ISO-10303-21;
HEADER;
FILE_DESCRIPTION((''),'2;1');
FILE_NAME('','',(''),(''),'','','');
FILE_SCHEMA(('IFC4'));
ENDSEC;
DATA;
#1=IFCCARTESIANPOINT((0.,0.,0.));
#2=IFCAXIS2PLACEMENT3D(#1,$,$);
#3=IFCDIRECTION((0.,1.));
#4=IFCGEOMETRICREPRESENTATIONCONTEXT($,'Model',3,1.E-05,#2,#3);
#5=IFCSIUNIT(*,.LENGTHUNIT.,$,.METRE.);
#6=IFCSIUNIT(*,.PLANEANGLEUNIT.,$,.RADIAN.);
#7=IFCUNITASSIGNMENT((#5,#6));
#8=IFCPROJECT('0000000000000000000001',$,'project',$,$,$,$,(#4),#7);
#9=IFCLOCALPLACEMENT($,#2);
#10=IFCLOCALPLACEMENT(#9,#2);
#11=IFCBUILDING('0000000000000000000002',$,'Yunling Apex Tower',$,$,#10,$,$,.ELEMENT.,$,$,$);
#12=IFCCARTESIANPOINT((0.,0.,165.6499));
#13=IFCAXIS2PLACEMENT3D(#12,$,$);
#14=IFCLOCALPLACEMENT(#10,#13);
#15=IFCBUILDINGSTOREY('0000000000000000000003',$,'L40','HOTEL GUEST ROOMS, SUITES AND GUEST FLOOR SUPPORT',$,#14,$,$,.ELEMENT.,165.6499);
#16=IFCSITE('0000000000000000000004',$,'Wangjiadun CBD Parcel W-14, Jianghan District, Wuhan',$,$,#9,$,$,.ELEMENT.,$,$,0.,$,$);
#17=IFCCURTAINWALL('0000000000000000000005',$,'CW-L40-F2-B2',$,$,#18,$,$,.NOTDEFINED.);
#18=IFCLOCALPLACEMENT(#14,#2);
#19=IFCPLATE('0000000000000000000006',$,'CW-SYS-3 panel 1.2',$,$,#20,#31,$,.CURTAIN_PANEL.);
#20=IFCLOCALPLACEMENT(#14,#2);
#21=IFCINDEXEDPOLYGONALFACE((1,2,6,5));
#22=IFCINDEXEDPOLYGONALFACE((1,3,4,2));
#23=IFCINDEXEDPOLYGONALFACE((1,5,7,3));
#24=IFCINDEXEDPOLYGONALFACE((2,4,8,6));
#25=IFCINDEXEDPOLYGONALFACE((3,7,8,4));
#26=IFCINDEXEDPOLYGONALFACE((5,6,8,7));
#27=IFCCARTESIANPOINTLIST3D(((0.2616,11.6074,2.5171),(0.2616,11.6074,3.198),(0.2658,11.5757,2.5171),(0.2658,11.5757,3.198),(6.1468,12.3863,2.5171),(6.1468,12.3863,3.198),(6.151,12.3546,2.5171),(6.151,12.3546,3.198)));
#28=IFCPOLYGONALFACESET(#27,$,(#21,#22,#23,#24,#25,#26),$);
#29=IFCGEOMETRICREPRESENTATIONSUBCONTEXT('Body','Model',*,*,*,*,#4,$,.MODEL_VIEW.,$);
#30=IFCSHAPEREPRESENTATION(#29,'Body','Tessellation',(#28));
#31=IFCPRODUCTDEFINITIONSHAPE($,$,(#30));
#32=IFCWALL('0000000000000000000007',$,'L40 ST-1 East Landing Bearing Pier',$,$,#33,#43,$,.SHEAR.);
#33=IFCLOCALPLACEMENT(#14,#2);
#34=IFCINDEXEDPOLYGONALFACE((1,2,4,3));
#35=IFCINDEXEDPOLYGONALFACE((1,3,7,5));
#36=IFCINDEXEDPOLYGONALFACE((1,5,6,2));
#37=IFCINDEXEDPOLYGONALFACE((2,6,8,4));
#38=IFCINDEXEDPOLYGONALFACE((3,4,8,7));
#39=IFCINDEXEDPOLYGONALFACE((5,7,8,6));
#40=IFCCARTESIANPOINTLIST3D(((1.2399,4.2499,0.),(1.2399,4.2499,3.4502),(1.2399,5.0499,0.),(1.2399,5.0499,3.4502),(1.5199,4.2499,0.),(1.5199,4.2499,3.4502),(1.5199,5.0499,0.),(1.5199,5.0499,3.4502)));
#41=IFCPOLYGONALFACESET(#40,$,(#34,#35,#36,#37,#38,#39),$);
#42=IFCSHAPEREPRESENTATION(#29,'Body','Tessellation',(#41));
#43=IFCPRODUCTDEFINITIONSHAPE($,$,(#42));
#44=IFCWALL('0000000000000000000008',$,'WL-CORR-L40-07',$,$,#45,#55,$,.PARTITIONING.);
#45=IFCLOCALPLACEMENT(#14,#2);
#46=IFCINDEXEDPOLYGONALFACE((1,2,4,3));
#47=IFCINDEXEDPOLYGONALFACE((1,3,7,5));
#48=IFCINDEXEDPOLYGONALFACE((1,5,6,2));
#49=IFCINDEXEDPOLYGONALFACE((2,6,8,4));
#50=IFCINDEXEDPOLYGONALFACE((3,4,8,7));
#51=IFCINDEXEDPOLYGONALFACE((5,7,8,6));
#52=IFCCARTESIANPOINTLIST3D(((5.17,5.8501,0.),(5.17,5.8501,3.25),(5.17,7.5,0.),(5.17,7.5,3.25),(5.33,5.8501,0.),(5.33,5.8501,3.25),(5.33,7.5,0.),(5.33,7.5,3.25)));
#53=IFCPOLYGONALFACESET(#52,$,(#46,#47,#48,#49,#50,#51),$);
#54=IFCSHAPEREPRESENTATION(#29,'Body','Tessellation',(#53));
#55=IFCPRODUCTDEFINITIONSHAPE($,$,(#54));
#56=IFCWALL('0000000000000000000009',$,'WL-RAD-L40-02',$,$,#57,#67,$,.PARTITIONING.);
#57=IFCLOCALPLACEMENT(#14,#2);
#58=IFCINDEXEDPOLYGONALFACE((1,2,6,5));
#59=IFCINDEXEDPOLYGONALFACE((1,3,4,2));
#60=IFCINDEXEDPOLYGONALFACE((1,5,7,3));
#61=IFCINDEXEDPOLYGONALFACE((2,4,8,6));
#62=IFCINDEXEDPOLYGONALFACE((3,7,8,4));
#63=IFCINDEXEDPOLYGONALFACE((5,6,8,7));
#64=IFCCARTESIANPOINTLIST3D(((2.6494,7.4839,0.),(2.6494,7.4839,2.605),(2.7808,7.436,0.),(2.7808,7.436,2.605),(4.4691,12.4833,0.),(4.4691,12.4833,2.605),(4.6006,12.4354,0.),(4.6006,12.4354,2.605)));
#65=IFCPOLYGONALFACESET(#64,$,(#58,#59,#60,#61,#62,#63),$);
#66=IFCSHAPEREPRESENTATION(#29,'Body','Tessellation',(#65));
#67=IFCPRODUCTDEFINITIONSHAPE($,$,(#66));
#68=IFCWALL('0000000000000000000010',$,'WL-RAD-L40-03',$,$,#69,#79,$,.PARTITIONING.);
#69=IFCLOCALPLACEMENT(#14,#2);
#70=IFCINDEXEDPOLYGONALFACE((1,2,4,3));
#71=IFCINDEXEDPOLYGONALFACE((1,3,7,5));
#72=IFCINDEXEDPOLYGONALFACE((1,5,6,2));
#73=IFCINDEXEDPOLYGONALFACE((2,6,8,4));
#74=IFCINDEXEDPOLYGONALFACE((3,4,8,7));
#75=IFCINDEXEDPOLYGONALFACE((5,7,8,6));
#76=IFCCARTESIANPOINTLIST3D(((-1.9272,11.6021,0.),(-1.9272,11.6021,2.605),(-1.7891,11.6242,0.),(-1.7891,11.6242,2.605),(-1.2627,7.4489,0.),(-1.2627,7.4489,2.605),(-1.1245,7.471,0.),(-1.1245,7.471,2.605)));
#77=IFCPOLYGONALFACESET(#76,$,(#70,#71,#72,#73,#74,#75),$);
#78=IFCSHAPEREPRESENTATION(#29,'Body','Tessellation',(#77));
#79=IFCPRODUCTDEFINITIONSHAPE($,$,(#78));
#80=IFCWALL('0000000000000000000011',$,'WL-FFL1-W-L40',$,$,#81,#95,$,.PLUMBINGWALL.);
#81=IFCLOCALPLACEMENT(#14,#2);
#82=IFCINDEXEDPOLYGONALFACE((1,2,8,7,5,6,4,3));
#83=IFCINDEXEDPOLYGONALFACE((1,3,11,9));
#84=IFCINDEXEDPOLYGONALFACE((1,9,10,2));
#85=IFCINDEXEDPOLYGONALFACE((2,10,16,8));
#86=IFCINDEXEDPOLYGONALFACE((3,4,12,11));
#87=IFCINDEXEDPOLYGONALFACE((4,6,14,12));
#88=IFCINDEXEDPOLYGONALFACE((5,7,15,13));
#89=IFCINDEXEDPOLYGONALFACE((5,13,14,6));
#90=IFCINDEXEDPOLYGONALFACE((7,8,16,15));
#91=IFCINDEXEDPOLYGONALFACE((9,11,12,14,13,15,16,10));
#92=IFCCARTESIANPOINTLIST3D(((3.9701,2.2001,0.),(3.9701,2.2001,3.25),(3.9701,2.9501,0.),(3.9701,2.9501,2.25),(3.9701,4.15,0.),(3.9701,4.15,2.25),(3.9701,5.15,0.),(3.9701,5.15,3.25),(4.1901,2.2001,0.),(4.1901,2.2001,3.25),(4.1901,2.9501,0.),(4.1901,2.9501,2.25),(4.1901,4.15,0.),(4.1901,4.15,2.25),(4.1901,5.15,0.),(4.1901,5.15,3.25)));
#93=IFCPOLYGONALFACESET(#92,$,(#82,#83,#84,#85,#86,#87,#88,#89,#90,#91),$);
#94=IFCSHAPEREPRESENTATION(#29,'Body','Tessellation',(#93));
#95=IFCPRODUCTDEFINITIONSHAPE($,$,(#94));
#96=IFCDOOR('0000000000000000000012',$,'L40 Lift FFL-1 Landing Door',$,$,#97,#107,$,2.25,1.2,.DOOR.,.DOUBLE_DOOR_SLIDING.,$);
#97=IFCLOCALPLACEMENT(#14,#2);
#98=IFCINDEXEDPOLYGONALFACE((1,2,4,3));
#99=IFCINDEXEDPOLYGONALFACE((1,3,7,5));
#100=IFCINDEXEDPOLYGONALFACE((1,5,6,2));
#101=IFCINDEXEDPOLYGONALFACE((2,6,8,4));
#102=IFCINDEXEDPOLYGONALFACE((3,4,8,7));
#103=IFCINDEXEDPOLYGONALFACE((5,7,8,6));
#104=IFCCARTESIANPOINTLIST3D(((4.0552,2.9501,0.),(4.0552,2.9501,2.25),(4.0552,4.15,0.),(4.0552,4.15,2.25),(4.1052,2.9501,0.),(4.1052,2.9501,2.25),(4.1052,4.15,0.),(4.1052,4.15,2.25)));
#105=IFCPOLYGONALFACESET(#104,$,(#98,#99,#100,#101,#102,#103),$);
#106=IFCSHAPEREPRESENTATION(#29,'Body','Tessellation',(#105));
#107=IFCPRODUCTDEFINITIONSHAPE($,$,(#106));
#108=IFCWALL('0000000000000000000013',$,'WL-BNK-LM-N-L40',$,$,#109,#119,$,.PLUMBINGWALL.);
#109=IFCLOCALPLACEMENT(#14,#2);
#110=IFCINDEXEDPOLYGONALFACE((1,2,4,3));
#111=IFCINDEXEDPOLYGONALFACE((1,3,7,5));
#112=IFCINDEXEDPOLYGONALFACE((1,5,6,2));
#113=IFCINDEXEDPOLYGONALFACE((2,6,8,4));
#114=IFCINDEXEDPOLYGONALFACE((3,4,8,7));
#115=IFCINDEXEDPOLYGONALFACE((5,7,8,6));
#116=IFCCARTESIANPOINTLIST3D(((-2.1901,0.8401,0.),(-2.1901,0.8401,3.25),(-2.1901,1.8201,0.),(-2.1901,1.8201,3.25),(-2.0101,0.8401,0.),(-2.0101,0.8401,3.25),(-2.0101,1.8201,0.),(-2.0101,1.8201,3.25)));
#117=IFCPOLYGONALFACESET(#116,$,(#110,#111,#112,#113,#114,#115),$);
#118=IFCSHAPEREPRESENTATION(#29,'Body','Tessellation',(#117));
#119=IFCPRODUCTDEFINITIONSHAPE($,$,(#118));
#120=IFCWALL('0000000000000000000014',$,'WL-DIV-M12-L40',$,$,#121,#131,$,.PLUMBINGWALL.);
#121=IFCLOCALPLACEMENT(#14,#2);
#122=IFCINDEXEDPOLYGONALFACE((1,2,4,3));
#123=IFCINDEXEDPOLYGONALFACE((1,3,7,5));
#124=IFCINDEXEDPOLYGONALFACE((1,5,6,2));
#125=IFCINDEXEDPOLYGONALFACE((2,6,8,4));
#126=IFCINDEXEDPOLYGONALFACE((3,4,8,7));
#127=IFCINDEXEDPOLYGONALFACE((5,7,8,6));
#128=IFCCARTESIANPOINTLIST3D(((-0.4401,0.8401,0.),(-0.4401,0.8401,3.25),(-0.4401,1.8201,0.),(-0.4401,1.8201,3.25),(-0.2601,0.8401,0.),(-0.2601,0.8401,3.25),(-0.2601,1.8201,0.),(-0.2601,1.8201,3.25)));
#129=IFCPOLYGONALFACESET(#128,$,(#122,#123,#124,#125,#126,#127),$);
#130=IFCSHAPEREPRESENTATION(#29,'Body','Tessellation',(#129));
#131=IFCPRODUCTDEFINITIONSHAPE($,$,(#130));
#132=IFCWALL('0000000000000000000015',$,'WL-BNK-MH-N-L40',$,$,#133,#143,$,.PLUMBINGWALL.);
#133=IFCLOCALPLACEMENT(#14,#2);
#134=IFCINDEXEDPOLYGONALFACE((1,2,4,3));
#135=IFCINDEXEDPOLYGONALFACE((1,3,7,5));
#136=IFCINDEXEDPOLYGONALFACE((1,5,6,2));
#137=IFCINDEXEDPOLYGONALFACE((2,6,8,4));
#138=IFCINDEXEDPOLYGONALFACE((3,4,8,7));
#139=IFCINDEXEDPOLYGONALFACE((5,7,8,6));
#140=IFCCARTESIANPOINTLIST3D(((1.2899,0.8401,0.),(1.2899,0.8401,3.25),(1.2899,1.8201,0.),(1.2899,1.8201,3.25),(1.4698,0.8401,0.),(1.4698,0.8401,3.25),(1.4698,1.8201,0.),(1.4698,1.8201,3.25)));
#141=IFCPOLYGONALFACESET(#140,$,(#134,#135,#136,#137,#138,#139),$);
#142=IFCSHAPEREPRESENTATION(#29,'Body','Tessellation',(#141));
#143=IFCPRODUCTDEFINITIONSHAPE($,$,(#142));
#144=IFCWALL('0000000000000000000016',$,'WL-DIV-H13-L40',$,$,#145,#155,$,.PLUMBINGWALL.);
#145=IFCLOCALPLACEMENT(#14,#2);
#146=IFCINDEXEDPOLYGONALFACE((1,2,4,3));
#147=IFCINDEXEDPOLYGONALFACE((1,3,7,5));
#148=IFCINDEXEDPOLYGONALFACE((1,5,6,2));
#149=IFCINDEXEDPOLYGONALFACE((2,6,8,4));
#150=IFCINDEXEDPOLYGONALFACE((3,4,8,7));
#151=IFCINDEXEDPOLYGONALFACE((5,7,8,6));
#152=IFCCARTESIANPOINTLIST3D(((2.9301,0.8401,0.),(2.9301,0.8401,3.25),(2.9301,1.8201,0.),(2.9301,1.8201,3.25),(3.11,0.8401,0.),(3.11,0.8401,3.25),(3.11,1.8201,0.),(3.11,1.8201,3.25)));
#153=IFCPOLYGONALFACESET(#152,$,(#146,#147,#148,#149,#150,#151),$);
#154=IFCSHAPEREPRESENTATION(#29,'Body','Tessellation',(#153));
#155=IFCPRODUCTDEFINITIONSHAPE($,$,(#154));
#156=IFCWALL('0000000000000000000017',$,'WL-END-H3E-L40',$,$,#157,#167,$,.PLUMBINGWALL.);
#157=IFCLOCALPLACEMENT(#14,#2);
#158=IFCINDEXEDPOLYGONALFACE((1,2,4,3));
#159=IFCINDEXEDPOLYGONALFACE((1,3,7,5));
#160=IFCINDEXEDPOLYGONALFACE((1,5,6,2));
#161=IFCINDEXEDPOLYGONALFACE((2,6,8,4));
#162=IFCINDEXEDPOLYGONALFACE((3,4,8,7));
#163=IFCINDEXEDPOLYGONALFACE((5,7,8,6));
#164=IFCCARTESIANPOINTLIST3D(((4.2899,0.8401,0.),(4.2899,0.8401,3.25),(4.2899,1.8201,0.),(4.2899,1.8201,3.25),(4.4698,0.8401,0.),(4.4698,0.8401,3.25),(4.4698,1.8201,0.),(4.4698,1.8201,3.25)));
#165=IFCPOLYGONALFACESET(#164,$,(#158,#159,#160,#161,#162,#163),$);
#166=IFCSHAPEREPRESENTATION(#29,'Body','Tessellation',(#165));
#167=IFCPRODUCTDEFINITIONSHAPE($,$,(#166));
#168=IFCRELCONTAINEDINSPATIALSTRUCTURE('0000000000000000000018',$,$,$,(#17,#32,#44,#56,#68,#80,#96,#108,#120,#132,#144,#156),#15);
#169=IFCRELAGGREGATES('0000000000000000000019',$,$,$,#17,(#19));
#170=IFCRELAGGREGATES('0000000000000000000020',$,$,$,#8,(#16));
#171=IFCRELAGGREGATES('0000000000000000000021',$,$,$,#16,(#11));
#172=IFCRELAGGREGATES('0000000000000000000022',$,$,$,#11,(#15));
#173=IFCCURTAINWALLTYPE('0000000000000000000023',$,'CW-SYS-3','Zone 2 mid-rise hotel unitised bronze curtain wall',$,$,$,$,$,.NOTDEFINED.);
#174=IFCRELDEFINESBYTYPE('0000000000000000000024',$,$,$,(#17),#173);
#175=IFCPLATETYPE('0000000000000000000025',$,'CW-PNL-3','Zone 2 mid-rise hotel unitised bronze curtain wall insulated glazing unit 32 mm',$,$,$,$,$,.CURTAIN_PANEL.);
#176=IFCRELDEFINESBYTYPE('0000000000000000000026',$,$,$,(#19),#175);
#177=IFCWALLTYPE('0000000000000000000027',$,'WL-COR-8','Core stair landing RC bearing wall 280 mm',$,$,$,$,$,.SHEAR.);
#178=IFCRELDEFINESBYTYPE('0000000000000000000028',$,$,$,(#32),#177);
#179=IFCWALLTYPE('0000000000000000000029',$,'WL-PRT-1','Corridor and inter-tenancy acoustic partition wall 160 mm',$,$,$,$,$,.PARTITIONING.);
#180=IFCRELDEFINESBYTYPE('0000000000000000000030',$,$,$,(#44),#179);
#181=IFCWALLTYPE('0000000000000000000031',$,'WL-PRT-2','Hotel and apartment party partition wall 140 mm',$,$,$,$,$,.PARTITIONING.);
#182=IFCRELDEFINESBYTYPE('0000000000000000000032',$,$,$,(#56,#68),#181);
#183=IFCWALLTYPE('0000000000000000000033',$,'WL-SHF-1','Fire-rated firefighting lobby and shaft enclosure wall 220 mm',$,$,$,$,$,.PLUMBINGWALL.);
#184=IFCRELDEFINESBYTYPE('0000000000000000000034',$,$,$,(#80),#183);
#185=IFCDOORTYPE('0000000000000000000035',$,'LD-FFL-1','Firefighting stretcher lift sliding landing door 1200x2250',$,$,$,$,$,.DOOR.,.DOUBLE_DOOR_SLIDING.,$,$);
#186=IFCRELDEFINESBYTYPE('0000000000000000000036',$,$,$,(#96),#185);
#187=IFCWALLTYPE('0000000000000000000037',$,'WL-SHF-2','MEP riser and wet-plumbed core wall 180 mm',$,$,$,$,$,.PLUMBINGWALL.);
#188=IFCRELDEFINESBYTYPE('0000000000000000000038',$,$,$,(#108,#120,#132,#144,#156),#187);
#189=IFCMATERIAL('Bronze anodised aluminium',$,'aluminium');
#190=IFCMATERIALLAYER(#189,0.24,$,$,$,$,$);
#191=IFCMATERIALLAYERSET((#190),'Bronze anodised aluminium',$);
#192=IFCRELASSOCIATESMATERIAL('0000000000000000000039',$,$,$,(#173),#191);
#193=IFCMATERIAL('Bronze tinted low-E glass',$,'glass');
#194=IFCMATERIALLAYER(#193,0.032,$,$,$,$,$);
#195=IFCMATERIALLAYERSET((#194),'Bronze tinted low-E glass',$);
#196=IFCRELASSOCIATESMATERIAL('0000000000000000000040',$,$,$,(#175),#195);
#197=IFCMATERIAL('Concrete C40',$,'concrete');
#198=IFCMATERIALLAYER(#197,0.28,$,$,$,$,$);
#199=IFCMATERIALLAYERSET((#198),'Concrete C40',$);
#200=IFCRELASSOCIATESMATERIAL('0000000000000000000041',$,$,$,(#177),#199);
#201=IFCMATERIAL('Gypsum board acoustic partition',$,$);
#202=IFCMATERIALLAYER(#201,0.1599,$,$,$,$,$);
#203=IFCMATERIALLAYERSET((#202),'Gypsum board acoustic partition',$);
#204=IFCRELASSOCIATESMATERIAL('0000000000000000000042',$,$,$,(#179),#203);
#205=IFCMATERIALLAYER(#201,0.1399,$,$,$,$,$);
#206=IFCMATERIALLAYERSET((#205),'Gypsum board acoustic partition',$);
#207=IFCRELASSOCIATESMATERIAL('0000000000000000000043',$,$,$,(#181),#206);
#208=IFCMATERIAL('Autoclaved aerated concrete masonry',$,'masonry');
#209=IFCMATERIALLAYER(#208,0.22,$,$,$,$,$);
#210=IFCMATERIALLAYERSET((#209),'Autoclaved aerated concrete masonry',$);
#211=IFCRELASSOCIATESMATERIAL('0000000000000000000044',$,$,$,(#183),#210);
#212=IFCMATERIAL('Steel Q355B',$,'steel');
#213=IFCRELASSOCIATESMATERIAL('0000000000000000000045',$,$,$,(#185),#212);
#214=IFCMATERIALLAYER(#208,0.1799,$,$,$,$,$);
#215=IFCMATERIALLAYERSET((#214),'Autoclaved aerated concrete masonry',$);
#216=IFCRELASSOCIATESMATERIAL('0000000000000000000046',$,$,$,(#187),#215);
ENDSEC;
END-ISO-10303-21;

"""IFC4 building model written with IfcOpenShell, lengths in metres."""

from ifc_helpers import new_model, si_unit, direction, frame, frame_2d, origin, origin_2d, place, context, subcontext, project, spatial, rectangle, extrude, source, transform, mapped, material, layer, layer_set, type_object, element, fill, aggregate, save


model = new_model("IFC4")

# Units and contexts
model_context = context("Model", 3, precision=1e-05, world=origin(), true_north=direction((0.0, 1.0)))
body_context = subcontext(model_context, "Body", "Model", "MODEL_VIEW")
ifc_project = project(units=[si_unit("LENGTHUNIT", "METRE"), si_unit("PLANEANGLEUNIT", "RADIAN")], contexts=[model_context])

# Site, building, storey
site_placement = place(None, origin())
site = spatial("IfcSite", under=ifc_project, at=site_placement, Name="Wangjiadun CBD Parcel W-14, Jianghan District, Wuhan", CompositionType="ELEMENT", RefElevation=0.0)
building_placement = place(site_placement, origin())
building = spatial("IfcBuilding", under=site, at=building_placement, Name="Yunling Apex Tower", CompositionType="ELEMENT")
storey_placement = place(building_placement, frame((0.0, 0.0, 165.6499)))
storey = spatial("IfcBuildingStorey", under=building, at=storey_placement, Name="L40", Description="HOTEL GUEST ROOMS, SUITES AND GUEST FLOOR SUPPORT", CompositionType="ELEMENT", Elevation=165.6499)

# Shared definitions
ifc_material_1 = material(Name="Steel Q355B", Category="steel")

# Curtain wall
ifc_material_2 = material(Name="Bronze anodised aluminium", Category="aluminium")
ifc_layer_1 = layer(ifc_material_2, 0.24)
ifc_layer_set_1 = layer_set([ifc_layer_1], Name="Bronze anodised aluminium")
curtain_wall_type = type_object("IfcCurtainWallType", Name="CW-SYS-3", Description="Zone 2 mid-rise hotel unitised bronze curtain wall", PredefinedType="NOTDEFINED", material=ifc_layer_set_1)
curtain_wall_1_placement = place(storey_placement, origin())
curtain_wall_1 = element("IfcCurtainWall", 1, at=curtain_wall_1_placement, inside=storey, type_object=curtain_wall_type, Name="CW-L40-F2-B2", PredefinedType="NOTDEFINED")

# Shared definitions
ifc_material_3 = material(Name="Concrete C40", Category="concrete")

# Plate
ifc_material_4 = material(Name="Bronze tinted low-E glass", Category="glass")
ifc_layer_2 = layer(ifc_material_4, 0.032)
ifc_layer_set_2 = layer_set([ifc_layer_2], Name="Bronze tinted low-E glass")
plate_type = type_object("IfcPlateType", Name="CW-PNL-3", Description="Zone 2 mid-rise hotel unitised bronze curtain wall insulated glazing unit 32 mm", PredefinedType="CURTAIN_PANEL", material=ifc_layer_set_2)
shared_shape_1 = source(origin(), body_context, "Body", "SweptSolid", [
    extrude(rectangle(XDim=5.9365, YDim=0.032, at=origin_2d()), origin(), (0.0, 0.0, 1.0), 0.6809),
])
plate_1_placement = place(storey_placement, frame((3.2063, 11.981, 2.5171), z_axis=(0.0, 0.0, 1.0), x_axis=(-0.991355, -0.131205, 0.0)))
plate_1 = element("IfcPlate", 2, at=plate_1_placement, type_object=plate_type, Name="CW-SYS-3 panel 1.2", PredefinedType="CURTAIN_PANEL", context=body_context, shape_type="MappedRepresentation", body=[
    mapped(shared_shape_1, transform((0.0, 0.0, 0.0), scale=1.0)),
])
aggregate(curtain_wall_1, [plate_1])

# Walls
ifc_layer_3 = layer(ifc_material_3, 0.28)
ifc_layer_set_3 = layer_set([ifc_layer_3], Name="Concrete C40")
wall_type_1 = type_object("IfcWallType", Name="WL-COR-8", Description="Core stair landing RC bearing wall 280 mm", PredefinedType="SHEAR", material=ifc_layer_set_3)
wall_1_placement = place(storey_placement, frame((1.3799, 4.25, 0.0), z_axis=(0.0, 0.0, 1.0), x_axis=(0.0, 1.0, 0.0)))
element("IfcWall", 3, at=wall_1_placement, inside=storey, type_object=wall_type_1, Name="L40 ST-1 East Landing Bearing Pier", PredefinedType="SHEAR", context=body_context, shape_type="SweptSolid", body=[
    extrude(rectangle(XDim=0.8, YDim=0.28, at=frame_2d((0.3999, 0.0))), origin(), (0.0, 0.0, 1.0), 3.4502),
])
ifc_material_5 = material(Name="Gypsum board acoustic partition")
ifc_layer_4 = layer(ifc_material_5, 0.1599)
ifc_layer_set_4 = layer_set([ifc_layer_4], Name="Gypsum board acoustic partition")
wall_type_2 = type_object("IfcWallType", Name="WL-PRT-1", Description="Corridor and inter-tenancy acoustic partition wall 160 mm", PredefinedType="PARTITIONING", material=ifc_layer_set_4)
wall_2_placement = place(storey_placement, frame((5.25, 7.5, 0.0), z_axis=(0.0, 0.0, 1.0), x_axis=(0.0, -1.0, 0.0)))
element("IfcWall", 4, at=wall_2_placement, inside=storey, type_object=wall_type_2, Name="WL-CORR-L40-07", PredefinedType="PARTITIONING", context=body_context, shape_type="SweptSolid", body=[
    extrude(rectangle(XDim=1.6499, YDim=0.1599, at=frame_2d((0.825, 0.0))), origin(), (0.0, 0.0, 1.0), 3.25),
])
ifc_layer_5 = layer(ifc_material_5, 0.1399)
ifc_layer_set_5 = layer_set([ifc_layer_5], Name="Gypsum board acoustic partition")
wall_type_3 = type_object("IfcWallType", Name="WL-PRT-2", Description="Hotel and apartment party partition wall 140 mm", PredefinedType="PARTITIONING", material=ifc_layer_set_5)
wall_3_placement = place(storey_placement, frame((2.7151, 7.46, 0.0), z_axis=(0.0, 0.0, 1.0), x_axis=(0.342045, 0.939684, 0.0)))
element("IfcWall", 5, at=wall_3_placement, inside=storey, type_object=wall_type_3, Name="WL-RAD-L40-02", PredefinedType="PARTITIONING", context=body_context, shape_type="SweptSolid", body=[
    extrude(rectangle(XDim=5.3203, YDim=0.1399, at=frame_2d((2.6602, 0.0))), origin(), (0.0, 0.0, 1.0), 2.605),
])
wall_4_placement = place(storey_placement, frame((-1.1936, 7.46, 0.0), z_axis=(0.0, 0.0, 1.0), x_axis=(-0.157995, 0.98744, 0.0)))
element("IfcWall", 6, at=wall_4_placement, inside=storey, type_object=wall_type_3, Name="WL-RAD-L40-03", PredefinedType="PARTITIONING", context=body_context, shape_type="SweptSolid", body=[
    extrude(rectangle(XDim=4.2061, YDim=0.1399, at=frame_2d((2.103, 0.0))), origin(), (0.0, 0.0, 1.0), 2.605),
])

# Wall, opening, door
ifc_material_6 = material(Name="Autoclaved aerated concrete masonry", Category="masonry")
ifc_layer_6 = layer(ifc_material_6, 0.22)
ifc_layer_set_6 = layer_set([ifc_layer_6], Name="Autoclaved aerated concrete masonry")
wall_type_4 = type_object("IfcWallType", Name="WL-SHF-1", Description="Fire-rated firefighting lobby and shaft enclosure wall 220 mm", PredefinedType="PLUMBINGWALL", material=ifc_layer_set_6)
wall_5_placement = place(storey_placement, frame((4.0801, 2.2, 0.0), z_axis=(0.0, 0.0, 1.0), x_axis=(0.0, 1.0, 0.0)))
wall_5 = element("IfcWall", 7, at=wall_5_placement, inside=storey, type_object=wall_type_4, Name="WL-FFL1-W-L40", PredefinedType="PLUMBINGWALL", context=body_context, shape_type="SweptSolid", body=[
    extrude(rectangle(XDim=2.95, YDim=0.22, at=frame_2d((1.4751, 0.0))), origin(), (0.0, 0.0, 1.0), 3.25),
])
opening_1_placement = place(wall_5_placement, frame((0.75, 0.0, 0.0)))
opening_1 = element("IfcOpeningElement", 8, at=opening_1_placement, cuts=wall_5, PredefinedType="OPENING", context=body_context, shape_type="SweptSolid", body=[
    extrude(rectangle(XDim=1.2, YDim=2.25, at=frame_2d((0.6001, 1.125))), frame((0.0, 0.1201, 0.0), z_axis=(0.0, -1.0, 0.0), x_axis=(1.0, 0.0, 0.0)), (0.0, 0.0, 1.0), 0.24),
])
door_type_1 = type_object("IfcDoorType", Name="LD-FFL-1", Description="Firefighting stretcher lift sliding landing door 1200x2250", OperationType="DOUBLE_DOOR_SLIDING", PredefinedType="DOOR", material=ifc_material_1)
door_1_placement = place(opening_1_placement, origin())
door_1 = element("IfcDoor", 9, at=door_1_placement, inside=storey, type_object=door_type_1, Name="L40 Lift FFL-1 Landing Door", OperationType="DOUBLE_DOOR_SLIDING", OverallHeight=2.25, OverallWidth=1.2, PredefinedType="DOOR", context=body_context, shape_type="SweptSolid", body=[
    extrude(rectangle(XDim=1.2, YDim=2.25, at=frame_2d((0.6001, 1.125))), frame((0.0, 0.0249, 0.0), z_axis=(0.0, -1.0, 0.0), x_axis=(1.0, 0.0, 0.0)), (0.0, 0.0, 1.0), 0.05),
])
fill(opening_1, door_1)

# Walls
ifc_layer_7 = layer(ifc_material_6, 0.1799)
ifc_layer_set_7 = layer_set([ifc_layer_7], Name="Autoclaved aerated concrete masonry")
wall_type_5 = type_object("IfcWallType", Name="WL-SHF-2", Description="MEP riser and wet-plumbed core wall 180 mm", PredefinedType="PLUMBINGWALL", material=ifc_layer_set_7)
for number, where, z_axis, x_axis, name in (
    (10, (-2.1001, 0.8401, 0.0), (0.0, 0.0, 1.0), (0.0, 1.0, 0.0), "WL-BNK-LM-N-L40"),
    (11, (-0.3501, 0.8401, 0.0), (0.0, 0.0, 1.0), (0.0, 1.0, 0.0), "WL-DIV-M12-L40"),
    (12, (1.3799, 0.8401, 0.0), (0.0, 0.0, 1.0), (0.0, 1.0, 0.0), "WL-BNK-MH-N-L40"),
    (13, (3.02, 0.8401, 0.0), (0.0, 0.0, 1.0), (0.0, 1.0, 0.0), "WL-DIV-H13-L40"),
    (14, (4.3799, 0.8401, 0.0), (0.0, 0.0, 1.0), (0.0, 1.0, 0.0), "WL-END-H3E-L40"),
):
    element("IfcWall", number, at=place(storey_placement, frame(where, z_axis=z_axis, x_axis=x_axis)), inside=storey, type_object=wall_type_5, Name=name, PredefinedType="PLUMBINGWALL", context=body_context, shape_type="SweptSolid", body=[
        extrude(rectangle(XDim=0.98, YDim=0.1799, at=frame_2d((0.49, 0.0))), origin(), (0.0, 0.0, 1.0), 3.25),
    ])

save(model, "model.ifc")
